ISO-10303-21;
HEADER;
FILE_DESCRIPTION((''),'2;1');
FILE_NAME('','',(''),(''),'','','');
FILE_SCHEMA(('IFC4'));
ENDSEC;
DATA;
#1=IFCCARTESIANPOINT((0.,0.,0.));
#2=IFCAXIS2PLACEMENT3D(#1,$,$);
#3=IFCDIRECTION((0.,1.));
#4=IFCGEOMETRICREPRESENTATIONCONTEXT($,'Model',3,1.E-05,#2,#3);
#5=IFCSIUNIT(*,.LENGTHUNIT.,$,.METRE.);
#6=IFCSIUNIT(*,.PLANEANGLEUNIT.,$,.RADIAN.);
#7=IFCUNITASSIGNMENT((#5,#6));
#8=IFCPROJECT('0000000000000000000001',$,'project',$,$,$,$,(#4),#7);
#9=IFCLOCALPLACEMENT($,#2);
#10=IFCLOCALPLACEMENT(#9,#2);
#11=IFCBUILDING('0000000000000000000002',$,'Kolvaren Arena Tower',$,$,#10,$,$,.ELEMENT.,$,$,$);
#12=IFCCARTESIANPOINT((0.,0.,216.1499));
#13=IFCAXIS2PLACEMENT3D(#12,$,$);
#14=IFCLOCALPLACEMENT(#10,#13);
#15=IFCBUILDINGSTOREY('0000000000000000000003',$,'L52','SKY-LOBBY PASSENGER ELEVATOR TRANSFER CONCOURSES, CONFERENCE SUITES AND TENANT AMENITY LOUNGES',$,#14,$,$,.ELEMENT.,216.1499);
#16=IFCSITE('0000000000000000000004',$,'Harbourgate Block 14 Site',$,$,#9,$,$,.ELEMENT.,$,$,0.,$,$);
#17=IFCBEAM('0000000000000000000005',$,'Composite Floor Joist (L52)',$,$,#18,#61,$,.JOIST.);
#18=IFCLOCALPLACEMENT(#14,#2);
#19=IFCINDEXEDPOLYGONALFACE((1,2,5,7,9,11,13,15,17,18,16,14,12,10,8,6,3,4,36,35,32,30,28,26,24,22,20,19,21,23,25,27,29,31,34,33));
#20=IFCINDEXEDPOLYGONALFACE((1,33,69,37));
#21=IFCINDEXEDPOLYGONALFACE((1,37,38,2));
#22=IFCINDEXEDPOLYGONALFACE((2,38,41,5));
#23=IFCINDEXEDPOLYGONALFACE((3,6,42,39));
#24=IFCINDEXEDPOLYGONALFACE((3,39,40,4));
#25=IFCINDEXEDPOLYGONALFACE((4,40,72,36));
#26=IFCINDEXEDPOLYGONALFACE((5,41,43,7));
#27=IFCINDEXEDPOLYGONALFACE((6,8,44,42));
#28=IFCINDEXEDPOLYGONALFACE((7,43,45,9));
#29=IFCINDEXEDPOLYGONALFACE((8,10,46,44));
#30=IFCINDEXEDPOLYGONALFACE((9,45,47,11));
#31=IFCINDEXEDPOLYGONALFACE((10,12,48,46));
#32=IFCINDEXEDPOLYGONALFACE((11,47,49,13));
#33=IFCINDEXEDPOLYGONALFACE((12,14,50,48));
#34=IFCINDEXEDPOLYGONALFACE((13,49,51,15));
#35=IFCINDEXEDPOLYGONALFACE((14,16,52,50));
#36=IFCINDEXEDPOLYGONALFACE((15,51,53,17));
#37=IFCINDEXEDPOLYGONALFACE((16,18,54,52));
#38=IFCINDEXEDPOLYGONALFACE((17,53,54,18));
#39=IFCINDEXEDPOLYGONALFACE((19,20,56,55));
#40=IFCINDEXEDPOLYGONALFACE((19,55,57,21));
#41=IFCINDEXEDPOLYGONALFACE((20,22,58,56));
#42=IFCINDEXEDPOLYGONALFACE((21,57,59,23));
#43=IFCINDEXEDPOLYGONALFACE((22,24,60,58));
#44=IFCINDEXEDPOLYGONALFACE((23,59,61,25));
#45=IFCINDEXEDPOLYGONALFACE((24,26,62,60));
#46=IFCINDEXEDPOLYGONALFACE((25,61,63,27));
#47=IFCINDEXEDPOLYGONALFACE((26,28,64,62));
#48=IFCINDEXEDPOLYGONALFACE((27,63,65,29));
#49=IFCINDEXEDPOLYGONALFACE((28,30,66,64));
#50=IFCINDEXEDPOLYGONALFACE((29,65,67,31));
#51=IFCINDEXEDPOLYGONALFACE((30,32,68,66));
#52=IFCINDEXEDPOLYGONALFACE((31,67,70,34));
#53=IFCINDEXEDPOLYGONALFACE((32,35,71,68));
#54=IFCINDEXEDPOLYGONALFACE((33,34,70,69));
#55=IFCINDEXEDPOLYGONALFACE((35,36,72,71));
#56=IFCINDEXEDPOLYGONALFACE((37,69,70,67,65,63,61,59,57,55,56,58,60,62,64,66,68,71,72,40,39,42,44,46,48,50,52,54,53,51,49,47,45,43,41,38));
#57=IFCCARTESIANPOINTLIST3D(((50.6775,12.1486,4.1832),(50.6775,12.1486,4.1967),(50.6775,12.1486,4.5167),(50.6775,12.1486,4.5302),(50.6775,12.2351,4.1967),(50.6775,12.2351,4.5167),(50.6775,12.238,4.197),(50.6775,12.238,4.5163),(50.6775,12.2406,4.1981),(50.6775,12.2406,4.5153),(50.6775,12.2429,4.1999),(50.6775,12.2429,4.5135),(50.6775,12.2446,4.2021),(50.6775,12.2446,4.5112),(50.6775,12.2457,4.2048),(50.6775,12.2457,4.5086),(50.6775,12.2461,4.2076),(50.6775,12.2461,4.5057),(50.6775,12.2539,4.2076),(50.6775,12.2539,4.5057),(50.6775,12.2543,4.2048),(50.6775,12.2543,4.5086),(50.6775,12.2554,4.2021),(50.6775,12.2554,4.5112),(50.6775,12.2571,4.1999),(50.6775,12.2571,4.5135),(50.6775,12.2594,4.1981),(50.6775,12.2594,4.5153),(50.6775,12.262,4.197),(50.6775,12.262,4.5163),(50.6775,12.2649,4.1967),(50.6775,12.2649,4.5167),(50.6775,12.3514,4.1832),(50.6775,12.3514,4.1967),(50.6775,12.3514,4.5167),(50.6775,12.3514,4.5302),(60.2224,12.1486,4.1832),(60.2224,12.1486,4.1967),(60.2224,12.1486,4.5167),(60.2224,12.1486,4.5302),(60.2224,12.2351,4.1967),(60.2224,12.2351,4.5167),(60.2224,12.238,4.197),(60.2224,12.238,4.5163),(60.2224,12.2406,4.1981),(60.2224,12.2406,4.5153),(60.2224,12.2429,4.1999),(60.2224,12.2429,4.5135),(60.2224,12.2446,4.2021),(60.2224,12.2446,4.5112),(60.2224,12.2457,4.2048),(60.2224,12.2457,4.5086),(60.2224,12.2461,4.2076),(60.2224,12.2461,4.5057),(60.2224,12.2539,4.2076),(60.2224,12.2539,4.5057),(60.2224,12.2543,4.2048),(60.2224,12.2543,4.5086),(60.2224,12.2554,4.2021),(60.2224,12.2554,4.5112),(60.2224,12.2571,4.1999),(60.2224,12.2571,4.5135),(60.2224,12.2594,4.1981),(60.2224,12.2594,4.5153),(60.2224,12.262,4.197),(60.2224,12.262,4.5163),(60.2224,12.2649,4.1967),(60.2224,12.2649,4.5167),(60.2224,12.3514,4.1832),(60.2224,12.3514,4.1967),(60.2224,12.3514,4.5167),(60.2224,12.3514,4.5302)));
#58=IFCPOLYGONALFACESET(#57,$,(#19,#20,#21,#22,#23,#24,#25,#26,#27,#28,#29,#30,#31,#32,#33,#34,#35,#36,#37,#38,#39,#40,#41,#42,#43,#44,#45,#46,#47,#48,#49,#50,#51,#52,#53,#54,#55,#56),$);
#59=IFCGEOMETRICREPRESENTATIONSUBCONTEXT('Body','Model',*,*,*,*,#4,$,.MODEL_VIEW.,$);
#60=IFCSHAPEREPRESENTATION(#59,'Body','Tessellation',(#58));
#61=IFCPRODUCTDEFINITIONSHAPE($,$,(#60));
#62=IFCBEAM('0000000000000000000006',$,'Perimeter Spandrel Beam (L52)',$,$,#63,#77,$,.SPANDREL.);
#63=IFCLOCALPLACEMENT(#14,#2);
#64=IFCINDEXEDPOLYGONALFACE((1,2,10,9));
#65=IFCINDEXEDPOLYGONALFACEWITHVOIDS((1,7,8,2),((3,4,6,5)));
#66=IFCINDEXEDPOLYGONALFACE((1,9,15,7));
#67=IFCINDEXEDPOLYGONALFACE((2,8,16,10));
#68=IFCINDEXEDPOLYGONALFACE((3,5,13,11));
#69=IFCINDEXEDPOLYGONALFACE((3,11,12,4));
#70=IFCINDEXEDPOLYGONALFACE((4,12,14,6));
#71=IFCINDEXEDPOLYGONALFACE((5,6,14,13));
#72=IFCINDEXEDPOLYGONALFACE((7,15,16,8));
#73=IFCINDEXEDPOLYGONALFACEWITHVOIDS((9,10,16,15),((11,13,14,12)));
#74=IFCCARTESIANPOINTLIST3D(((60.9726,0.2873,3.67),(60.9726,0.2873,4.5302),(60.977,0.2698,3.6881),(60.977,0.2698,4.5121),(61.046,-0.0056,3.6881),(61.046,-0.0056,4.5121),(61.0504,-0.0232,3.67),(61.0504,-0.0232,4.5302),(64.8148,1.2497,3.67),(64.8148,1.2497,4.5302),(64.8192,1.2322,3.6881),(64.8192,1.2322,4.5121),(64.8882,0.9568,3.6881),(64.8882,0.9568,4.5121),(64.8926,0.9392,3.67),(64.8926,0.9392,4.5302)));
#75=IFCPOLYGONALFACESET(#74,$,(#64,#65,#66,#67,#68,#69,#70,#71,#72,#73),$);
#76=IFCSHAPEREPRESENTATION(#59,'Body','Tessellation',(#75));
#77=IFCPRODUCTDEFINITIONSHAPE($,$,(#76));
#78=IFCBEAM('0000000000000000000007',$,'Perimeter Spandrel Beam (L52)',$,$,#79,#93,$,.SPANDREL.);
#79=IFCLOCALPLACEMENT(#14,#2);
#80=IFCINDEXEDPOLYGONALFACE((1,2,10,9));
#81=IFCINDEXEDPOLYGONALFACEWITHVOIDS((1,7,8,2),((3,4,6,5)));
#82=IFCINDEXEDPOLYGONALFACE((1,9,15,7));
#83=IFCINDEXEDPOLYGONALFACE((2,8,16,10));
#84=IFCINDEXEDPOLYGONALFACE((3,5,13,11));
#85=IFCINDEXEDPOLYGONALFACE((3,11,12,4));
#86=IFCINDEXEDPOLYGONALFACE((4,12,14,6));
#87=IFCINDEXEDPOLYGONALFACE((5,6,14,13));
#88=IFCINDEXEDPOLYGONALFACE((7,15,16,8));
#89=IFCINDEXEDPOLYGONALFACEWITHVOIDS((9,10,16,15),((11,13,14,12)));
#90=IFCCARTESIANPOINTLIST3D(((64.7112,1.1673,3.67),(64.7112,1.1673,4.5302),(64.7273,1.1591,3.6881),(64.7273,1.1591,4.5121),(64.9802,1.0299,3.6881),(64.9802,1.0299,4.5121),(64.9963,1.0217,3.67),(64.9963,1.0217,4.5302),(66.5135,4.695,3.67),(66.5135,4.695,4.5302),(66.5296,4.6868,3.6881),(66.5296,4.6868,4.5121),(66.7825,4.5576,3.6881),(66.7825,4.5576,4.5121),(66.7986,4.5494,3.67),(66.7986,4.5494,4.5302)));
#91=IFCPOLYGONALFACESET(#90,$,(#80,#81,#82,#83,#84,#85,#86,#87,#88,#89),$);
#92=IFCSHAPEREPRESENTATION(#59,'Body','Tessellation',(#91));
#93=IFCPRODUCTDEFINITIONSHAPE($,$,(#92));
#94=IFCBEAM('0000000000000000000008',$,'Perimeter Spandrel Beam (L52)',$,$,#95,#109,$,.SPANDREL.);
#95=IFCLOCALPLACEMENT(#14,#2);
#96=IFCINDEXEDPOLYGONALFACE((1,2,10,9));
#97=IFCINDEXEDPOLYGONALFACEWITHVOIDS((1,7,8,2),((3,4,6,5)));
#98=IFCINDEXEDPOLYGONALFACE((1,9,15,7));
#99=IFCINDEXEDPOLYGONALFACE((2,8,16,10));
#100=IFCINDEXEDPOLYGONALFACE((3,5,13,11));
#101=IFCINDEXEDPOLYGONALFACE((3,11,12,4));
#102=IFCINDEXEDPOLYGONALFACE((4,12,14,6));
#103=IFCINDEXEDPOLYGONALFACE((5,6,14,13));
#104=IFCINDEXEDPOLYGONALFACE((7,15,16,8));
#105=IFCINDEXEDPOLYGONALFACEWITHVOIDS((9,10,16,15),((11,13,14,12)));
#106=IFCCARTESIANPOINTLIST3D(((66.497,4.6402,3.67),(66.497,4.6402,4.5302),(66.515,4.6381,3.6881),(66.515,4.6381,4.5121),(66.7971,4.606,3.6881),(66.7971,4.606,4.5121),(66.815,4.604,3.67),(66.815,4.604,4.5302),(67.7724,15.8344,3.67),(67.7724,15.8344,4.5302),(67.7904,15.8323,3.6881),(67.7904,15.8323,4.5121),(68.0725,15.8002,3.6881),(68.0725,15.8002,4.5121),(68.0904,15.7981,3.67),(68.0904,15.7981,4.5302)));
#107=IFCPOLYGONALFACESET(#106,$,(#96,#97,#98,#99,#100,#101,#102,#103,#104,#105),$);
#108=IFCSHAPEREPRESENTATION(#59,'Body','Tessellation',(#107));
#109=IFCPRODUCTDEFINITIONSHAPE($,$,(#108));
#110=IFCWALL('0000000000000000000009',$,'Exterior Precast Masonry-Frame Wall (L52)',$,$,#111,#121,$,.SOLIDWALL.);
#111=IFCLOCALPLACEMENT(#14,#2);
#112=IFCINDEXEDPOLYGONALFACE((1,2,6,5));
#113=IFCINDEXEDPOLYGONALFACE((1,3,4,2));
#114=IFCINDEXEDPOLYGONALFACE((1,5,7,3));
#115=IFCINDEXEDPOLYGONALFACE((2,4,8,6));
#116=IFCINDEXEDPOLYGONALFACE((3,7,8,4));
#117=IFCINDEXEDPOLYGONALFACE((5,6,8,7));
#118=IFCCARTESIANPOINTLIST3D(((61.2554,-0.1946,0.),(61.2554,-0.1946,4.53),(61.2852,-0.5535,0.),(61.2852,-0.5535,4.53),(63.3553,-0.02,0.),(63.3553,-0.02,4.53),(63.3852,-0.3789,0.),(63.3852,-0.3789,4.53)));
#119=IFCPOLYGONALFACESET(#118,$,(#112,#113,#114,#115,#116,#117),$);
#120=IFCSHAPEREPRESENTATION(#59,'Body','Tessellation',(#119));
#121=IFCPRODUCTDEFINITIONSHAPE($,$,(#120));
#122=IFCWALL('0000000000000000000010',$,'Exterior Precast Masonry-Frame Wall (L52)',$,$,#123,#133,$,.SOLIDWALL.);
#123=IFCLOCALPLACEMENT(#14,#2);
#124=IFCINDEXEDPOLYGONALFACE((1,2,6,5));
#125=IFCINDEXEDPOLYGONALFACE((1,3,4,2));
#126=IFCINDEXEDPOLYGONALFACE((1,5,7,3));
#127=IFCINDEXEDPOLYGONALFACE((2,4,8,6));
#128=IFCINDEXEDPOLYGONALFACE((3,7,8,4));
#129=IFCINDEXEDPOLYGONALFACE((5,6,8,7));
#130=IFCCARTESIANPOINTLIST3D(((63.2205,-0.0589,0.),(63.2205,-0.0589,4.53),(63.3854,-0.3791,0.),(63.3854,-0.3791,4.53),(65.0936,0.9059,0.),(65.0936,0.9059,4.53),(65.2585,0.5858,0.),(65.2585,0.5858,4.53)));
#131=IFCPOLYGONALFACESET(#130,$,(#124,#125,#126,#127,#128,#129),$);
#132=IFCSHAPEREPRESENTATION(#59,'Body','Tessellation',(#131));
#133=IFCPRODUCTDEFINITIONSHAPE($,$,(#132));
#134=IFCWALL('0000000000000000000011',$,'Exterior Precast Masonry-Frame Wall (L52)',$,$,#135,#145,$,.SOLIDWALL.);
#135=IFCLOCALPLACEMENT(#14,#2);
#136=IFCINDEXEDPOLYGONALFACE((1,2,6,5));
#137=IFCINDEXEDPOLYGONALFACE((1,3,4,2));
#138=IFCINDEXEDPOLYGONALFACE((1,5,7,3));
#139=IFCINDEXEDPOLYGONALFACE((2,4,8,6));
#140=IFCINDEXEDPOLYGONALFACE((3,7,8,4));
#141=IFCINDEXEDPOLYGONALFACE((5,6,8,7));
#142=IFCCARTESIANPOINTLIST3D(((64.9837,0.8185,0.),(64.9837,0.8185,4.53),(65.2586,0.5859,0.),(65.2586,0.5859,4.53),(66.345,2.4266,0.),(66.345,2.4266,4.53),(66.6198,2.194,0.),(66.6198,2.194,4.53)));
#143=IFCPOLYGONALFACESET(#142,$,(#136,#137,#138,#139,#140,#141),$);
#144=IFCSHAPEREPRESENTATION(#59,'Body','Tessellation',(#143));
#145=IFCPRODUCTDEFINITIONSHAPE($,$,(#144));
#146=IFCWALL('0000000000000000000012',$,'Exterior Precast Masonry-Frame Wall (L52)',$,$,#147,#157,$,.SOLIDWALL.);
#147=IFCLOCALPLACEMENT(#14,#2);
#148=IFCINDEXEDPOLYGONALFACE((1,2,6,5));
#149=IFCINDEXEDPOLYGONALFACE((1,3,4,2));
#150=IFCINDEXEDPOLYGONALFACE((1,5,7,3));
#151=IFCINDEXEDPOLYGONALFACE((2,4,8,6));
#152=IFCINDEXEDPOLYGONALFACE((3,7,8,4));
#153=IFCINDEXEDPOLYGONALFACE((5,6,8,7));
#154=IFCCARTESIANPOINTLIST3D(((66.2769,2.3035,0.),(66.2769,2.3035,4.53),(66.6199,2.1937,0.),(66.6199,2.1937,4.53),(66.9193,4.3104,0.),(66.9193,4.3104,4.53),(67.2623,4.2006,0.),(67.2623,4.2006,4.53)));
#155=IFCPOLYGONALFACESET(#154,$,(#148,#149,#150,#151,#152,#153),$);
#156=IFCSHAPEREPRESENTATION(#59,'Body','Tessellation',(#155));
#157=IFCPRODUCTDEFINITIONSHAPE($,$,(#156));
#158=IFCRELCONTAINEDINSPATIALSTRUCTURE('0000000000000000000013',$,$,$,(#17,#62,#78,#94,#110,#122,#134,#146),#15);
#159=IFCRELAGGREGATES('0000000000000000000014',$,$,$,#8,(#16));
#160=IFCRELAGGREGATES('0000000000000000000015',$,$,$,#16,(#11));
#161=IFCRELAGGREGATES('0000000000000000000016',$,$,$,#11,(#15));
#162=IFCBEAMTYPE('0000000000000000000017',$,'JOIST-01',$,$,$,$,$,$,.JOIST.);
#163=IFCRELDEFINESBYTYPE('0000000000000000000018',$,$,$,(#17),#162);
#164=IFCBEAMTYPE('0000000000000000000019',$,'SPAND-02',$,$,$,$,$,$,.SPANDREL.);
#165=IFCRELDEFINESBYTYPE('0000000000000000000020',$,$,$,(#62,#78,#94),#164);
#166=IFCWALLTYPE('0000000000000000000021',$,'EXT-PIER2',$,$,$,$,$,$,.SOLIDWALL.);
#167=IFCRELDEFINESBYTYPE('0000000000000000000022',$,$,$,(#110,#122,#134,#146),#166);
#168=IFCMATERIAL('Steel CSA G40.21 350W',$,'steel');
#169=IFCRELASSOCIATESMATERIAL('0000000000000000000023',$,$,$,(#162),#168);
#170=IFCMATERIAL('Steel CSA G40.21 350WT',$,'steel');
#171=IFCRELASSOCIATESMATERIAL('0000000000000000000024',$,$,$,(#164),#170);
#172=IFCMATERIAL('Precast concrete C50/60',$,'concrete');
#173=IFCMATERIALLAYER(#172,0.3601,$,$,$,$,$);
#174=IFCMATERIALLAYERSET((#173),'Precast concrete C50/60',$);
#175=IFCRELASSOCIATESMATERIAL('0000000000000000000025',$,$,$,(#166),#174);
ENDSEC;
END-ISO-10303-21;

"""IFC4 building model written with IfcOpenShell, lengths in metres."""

from ifc_helpers import new_model, si_unit, direction, frame, frame_2d, origin, origin_2d, place, context, subcontext, project, spatial, rectangle, hollow_rectangle, i_section, extrude, material, layer, layer_set, material_profile, profile_set, type_object, element, save


model = new_model("IFC4")

# Units and contexts
model_context = context("Model", 3, precision=1e-05, world=origin(), true_north=direction((0.0, 1.0)))
body_context = subcontext(model_context, "Body", "Model", "MODEL_VIEW")
ifc_project = project(units=[si_unit("LENGTHUNIT", "METRE"), si_unit("PLANEANGLEUNIT", "RADIAN")], contexts=[model_context])

# Site, building, storey
site_placement = place(None, origin())
site = spatial("IfcSite", under=ifc_project, at=site_placement, Name="Harbourgate Block 14 Site", CompositionType="ELEMENT", RefElevation=0.0)
building_placement = place(site_placement, origin())
building = spatial("IfcBuilding", under=site, at=building_placement, Name="Kolvaren Arena Tower", CompositionType="ELEMENT")
storey_placement = place(building_placement, frame((0.0, 0.0, 216.1499)))
storey = spatial("IfcBuildingStorey", under=building, at=storey_placement, Name="L52", Description="SKY-LOBBY PASSENGER ELEVATOR TRANSFER CONCOURSES, CONFERENCE SUITES AND TENANT AMENITY LOUNGES", CompositionType="ELEMENT", Elevation=216.1499)

# Beams
ifc_material_1 = material(Name="Steel CSA G40.21 350W", Category="steel")
ifc_material_profile_1 = material_profile(ifc_material_1, i_section(OverallWidth=0.2029, OverallDepth=0.3469, WebThickness=0.0078, FlangeThickness=0.0134, FilletRadius=0.011, at=origin_2d()), Name="W360x64")
ifc_profile_set_1 = profile_set([ifc_material_profile_1], Name="Steel CSA G40.21 350W")
beam_type_1 = type_object("IfcBeamType", Name="JOIST-01", PredefinedType="JOIST", material=ifc_profile_set_1)
beam_1_placement = place(storey_placement, frame((50.6775, 12.25, 4.3567), z_axis=(1.0, 0.0, 0.0), x_axis=(0.0, 1.0, 0.0)))
element("IfcBeam", 1, at=beam_1_placement, inside=storey, type_object=beam_type_1, Name="Composite Floor Joist (L52)", PredefinedType="JOIST", context=body_context, shape_type="SweptSolid", body=[
    extrude(i_section(OverallWidth=0.2029, OverallDepth=0.3469, WebThickness=0.0078, FlangeThickness=0.0134, FilletRadius=0.011, at=origin_2d()), origin(), (0.0, 0.0, 1.0), 9.5449),
])
ifc_material_2 = material(Name="Steel CSA G40.21 350WT", Category="steel")
ifc_material_profile_2 = material_profile(ifc_material_2, hollow_rectangle(XDim=0.3201, YDim=0.8601, WallThickness=0.0181, at=origin_2d()), Name="HSS 860x320x18")
ifc_profile_set_2 = profile_set([ifc_material_profile_2], Name="Steel CSA G40.21 350WT")
beam_type_2 = type_object("IfcBeamType", Name="SPAND-02", PredefinedType="SPANDREL", material=ifc_profile_set_2)
beam_2_placement = place(storey_placement, frame((61.0115, 0.1321, 4.1001), z_axis=(0.970034, 0.242971, 0.0), x_axis=(-0.242971, 0.970034, 0.0)))
element("IfcBeam", 2, at=beam_2_placement, inside=storey, type_object=beam_type_2, Name="Perimeter Spandrel Beam (L52)", PredefinedType="SPANDREL", context=body_context, shape_type="SweptSolid", body=[
    extrude(hollow_rectangle(XDim=0.3201, YDim=0.8601, WallThickness=0.0181, at=origin_2d()), origin(), (0.0, 0.0, 1.0), 3.9609),
])
beam_3_placement = place(storey_placement, frame((64.8538, 1.0945, 4.1001), z_axis=(0.454962, 0.890511, 0.0), x_axis=(-0.890511, 0.454962, 0.0)))
element("IfcBeam", 3, at=beam_3_placement, inside=storey, type_object=beam_type_2, Name="Perimeter Spandrel Beam (L52)", PredefinedType="SPANDREL", context=body_context, shape_type="SweptSolid", body=[
    extrude(hollow_rectangle(XDim=0.3201, YDim=0.8601, WallThickness=0.0181, at=origin_2d()), origin(), (0.0, 0.0, 1.0), 3.9614),
])
beam_4_placement = place(storey_placement, frame((66.656, 4.6221, 4.1001), z_axis=(0.113202, 0.993572, 0.0), x_axis=(-0.993572, 0.113202, 0.0)))
element("IfcBeam", 4, at=beam_4_placement, inside=storey, type_object=beam_type_2, Name="Perimeter Spandrel Beam (L52)", PredefinedType="SPANDREL", context=body_context, shape_type="SweptSolid", body=[
    extrude(hollow_rectangle(XDim=0.3201, YDim=0.8601, WallThickness=0.0181, at=origin_2d()), origin(), (0.0, 0.0, 1.0), 11.2666),
])

# Walls
ifc_material_3 = material(Name="Precast concrete C50/60", Category="concrete")
ifc_layer = layer(ifc_material_3, 0.3601)
ifc_layer_set = layer_set([ifc_layer], Name="Precast concrete C50/60")
wall_type = type_object("IfcWallType", Name="EXT-PIER2", PredefinedType="SOLIDWALL", material=ifc_layer_set)
wall_1_placement = place(storey_placement, frame((63.3704, -0.1995, 0.0), z_axis=(0.0, 0.0, 1.0), x_axis=(-0.996563, -0.082844, 0.0)))
element("IfcWall", 5, at=wall_1_placement, inside=storey, type_object=wall_type, Name="Exterior Precast Masonry-Frame Wall (L52)", PredefinedType="SOLIDWALL", context=body_context, shape_type="SweptSolid", body=[
    extrude(rectangle(XDim=2.1072, YDim=0.3601, at=frame_2d((1.0537, 0.0))), origin(), (0.0, 0.0, 1.0), 4.53),
])
for number, where, z_axis, x_axis, name in (
    (6, (65.176, 0.7458, 0.0), (0.0, 0.0, 1.0), (-0.888986, -0.457934, 0.0), "Exterior Precast Masonry-Frame Wall (L52)"),
    (7, (66.4824, 2.3103, 0.0), (0.0, 0.0, 1.0), (-0.646103, -0.76325, 0.0), "Exterior Precast Masonry-Frame Wall (L52)"),
):
    element("IfcWall", number, at=place(storey_placement, frame(where, z_axis=z_axis, x_axis=x_axis)), inside=storey, type_object=wall_type, Name=name, PredefinedType="SOLIDWALL", context=body_context, shape_type="SweptSolid", body=[
        extrude(rectangle(XDim=2.1069, YDim=0.3601, at=frame_2d((1.0535, 0.0))), origin(), (0.0, 0.0, 1.0), 4.53),
    ])
wall_2_placement = place(storey_placement, frame((67.0908, 4.2556, 0.0), z_axis=(0.0, 0.0, 1.0), x_axis=(-0.304839, -0.952404, 0.0)))
element("IfcWall", 8, at=wall_2_placement, inside=storey, type_object=wall_type, Name="Exterior Precast Masonry-Frame Wall (L52)", PredefinedType="SOLIDWALL", context=body_context, shape_type="SweptSolid", body=[
    extrude(rectangle(XDim=2.1072, YDim=0.3601, at=frame_2d((1.0537, 0.0))), origin(), (0.0, 0.0, 1.0), 4.53),
])

save(model, "model.ifc")
